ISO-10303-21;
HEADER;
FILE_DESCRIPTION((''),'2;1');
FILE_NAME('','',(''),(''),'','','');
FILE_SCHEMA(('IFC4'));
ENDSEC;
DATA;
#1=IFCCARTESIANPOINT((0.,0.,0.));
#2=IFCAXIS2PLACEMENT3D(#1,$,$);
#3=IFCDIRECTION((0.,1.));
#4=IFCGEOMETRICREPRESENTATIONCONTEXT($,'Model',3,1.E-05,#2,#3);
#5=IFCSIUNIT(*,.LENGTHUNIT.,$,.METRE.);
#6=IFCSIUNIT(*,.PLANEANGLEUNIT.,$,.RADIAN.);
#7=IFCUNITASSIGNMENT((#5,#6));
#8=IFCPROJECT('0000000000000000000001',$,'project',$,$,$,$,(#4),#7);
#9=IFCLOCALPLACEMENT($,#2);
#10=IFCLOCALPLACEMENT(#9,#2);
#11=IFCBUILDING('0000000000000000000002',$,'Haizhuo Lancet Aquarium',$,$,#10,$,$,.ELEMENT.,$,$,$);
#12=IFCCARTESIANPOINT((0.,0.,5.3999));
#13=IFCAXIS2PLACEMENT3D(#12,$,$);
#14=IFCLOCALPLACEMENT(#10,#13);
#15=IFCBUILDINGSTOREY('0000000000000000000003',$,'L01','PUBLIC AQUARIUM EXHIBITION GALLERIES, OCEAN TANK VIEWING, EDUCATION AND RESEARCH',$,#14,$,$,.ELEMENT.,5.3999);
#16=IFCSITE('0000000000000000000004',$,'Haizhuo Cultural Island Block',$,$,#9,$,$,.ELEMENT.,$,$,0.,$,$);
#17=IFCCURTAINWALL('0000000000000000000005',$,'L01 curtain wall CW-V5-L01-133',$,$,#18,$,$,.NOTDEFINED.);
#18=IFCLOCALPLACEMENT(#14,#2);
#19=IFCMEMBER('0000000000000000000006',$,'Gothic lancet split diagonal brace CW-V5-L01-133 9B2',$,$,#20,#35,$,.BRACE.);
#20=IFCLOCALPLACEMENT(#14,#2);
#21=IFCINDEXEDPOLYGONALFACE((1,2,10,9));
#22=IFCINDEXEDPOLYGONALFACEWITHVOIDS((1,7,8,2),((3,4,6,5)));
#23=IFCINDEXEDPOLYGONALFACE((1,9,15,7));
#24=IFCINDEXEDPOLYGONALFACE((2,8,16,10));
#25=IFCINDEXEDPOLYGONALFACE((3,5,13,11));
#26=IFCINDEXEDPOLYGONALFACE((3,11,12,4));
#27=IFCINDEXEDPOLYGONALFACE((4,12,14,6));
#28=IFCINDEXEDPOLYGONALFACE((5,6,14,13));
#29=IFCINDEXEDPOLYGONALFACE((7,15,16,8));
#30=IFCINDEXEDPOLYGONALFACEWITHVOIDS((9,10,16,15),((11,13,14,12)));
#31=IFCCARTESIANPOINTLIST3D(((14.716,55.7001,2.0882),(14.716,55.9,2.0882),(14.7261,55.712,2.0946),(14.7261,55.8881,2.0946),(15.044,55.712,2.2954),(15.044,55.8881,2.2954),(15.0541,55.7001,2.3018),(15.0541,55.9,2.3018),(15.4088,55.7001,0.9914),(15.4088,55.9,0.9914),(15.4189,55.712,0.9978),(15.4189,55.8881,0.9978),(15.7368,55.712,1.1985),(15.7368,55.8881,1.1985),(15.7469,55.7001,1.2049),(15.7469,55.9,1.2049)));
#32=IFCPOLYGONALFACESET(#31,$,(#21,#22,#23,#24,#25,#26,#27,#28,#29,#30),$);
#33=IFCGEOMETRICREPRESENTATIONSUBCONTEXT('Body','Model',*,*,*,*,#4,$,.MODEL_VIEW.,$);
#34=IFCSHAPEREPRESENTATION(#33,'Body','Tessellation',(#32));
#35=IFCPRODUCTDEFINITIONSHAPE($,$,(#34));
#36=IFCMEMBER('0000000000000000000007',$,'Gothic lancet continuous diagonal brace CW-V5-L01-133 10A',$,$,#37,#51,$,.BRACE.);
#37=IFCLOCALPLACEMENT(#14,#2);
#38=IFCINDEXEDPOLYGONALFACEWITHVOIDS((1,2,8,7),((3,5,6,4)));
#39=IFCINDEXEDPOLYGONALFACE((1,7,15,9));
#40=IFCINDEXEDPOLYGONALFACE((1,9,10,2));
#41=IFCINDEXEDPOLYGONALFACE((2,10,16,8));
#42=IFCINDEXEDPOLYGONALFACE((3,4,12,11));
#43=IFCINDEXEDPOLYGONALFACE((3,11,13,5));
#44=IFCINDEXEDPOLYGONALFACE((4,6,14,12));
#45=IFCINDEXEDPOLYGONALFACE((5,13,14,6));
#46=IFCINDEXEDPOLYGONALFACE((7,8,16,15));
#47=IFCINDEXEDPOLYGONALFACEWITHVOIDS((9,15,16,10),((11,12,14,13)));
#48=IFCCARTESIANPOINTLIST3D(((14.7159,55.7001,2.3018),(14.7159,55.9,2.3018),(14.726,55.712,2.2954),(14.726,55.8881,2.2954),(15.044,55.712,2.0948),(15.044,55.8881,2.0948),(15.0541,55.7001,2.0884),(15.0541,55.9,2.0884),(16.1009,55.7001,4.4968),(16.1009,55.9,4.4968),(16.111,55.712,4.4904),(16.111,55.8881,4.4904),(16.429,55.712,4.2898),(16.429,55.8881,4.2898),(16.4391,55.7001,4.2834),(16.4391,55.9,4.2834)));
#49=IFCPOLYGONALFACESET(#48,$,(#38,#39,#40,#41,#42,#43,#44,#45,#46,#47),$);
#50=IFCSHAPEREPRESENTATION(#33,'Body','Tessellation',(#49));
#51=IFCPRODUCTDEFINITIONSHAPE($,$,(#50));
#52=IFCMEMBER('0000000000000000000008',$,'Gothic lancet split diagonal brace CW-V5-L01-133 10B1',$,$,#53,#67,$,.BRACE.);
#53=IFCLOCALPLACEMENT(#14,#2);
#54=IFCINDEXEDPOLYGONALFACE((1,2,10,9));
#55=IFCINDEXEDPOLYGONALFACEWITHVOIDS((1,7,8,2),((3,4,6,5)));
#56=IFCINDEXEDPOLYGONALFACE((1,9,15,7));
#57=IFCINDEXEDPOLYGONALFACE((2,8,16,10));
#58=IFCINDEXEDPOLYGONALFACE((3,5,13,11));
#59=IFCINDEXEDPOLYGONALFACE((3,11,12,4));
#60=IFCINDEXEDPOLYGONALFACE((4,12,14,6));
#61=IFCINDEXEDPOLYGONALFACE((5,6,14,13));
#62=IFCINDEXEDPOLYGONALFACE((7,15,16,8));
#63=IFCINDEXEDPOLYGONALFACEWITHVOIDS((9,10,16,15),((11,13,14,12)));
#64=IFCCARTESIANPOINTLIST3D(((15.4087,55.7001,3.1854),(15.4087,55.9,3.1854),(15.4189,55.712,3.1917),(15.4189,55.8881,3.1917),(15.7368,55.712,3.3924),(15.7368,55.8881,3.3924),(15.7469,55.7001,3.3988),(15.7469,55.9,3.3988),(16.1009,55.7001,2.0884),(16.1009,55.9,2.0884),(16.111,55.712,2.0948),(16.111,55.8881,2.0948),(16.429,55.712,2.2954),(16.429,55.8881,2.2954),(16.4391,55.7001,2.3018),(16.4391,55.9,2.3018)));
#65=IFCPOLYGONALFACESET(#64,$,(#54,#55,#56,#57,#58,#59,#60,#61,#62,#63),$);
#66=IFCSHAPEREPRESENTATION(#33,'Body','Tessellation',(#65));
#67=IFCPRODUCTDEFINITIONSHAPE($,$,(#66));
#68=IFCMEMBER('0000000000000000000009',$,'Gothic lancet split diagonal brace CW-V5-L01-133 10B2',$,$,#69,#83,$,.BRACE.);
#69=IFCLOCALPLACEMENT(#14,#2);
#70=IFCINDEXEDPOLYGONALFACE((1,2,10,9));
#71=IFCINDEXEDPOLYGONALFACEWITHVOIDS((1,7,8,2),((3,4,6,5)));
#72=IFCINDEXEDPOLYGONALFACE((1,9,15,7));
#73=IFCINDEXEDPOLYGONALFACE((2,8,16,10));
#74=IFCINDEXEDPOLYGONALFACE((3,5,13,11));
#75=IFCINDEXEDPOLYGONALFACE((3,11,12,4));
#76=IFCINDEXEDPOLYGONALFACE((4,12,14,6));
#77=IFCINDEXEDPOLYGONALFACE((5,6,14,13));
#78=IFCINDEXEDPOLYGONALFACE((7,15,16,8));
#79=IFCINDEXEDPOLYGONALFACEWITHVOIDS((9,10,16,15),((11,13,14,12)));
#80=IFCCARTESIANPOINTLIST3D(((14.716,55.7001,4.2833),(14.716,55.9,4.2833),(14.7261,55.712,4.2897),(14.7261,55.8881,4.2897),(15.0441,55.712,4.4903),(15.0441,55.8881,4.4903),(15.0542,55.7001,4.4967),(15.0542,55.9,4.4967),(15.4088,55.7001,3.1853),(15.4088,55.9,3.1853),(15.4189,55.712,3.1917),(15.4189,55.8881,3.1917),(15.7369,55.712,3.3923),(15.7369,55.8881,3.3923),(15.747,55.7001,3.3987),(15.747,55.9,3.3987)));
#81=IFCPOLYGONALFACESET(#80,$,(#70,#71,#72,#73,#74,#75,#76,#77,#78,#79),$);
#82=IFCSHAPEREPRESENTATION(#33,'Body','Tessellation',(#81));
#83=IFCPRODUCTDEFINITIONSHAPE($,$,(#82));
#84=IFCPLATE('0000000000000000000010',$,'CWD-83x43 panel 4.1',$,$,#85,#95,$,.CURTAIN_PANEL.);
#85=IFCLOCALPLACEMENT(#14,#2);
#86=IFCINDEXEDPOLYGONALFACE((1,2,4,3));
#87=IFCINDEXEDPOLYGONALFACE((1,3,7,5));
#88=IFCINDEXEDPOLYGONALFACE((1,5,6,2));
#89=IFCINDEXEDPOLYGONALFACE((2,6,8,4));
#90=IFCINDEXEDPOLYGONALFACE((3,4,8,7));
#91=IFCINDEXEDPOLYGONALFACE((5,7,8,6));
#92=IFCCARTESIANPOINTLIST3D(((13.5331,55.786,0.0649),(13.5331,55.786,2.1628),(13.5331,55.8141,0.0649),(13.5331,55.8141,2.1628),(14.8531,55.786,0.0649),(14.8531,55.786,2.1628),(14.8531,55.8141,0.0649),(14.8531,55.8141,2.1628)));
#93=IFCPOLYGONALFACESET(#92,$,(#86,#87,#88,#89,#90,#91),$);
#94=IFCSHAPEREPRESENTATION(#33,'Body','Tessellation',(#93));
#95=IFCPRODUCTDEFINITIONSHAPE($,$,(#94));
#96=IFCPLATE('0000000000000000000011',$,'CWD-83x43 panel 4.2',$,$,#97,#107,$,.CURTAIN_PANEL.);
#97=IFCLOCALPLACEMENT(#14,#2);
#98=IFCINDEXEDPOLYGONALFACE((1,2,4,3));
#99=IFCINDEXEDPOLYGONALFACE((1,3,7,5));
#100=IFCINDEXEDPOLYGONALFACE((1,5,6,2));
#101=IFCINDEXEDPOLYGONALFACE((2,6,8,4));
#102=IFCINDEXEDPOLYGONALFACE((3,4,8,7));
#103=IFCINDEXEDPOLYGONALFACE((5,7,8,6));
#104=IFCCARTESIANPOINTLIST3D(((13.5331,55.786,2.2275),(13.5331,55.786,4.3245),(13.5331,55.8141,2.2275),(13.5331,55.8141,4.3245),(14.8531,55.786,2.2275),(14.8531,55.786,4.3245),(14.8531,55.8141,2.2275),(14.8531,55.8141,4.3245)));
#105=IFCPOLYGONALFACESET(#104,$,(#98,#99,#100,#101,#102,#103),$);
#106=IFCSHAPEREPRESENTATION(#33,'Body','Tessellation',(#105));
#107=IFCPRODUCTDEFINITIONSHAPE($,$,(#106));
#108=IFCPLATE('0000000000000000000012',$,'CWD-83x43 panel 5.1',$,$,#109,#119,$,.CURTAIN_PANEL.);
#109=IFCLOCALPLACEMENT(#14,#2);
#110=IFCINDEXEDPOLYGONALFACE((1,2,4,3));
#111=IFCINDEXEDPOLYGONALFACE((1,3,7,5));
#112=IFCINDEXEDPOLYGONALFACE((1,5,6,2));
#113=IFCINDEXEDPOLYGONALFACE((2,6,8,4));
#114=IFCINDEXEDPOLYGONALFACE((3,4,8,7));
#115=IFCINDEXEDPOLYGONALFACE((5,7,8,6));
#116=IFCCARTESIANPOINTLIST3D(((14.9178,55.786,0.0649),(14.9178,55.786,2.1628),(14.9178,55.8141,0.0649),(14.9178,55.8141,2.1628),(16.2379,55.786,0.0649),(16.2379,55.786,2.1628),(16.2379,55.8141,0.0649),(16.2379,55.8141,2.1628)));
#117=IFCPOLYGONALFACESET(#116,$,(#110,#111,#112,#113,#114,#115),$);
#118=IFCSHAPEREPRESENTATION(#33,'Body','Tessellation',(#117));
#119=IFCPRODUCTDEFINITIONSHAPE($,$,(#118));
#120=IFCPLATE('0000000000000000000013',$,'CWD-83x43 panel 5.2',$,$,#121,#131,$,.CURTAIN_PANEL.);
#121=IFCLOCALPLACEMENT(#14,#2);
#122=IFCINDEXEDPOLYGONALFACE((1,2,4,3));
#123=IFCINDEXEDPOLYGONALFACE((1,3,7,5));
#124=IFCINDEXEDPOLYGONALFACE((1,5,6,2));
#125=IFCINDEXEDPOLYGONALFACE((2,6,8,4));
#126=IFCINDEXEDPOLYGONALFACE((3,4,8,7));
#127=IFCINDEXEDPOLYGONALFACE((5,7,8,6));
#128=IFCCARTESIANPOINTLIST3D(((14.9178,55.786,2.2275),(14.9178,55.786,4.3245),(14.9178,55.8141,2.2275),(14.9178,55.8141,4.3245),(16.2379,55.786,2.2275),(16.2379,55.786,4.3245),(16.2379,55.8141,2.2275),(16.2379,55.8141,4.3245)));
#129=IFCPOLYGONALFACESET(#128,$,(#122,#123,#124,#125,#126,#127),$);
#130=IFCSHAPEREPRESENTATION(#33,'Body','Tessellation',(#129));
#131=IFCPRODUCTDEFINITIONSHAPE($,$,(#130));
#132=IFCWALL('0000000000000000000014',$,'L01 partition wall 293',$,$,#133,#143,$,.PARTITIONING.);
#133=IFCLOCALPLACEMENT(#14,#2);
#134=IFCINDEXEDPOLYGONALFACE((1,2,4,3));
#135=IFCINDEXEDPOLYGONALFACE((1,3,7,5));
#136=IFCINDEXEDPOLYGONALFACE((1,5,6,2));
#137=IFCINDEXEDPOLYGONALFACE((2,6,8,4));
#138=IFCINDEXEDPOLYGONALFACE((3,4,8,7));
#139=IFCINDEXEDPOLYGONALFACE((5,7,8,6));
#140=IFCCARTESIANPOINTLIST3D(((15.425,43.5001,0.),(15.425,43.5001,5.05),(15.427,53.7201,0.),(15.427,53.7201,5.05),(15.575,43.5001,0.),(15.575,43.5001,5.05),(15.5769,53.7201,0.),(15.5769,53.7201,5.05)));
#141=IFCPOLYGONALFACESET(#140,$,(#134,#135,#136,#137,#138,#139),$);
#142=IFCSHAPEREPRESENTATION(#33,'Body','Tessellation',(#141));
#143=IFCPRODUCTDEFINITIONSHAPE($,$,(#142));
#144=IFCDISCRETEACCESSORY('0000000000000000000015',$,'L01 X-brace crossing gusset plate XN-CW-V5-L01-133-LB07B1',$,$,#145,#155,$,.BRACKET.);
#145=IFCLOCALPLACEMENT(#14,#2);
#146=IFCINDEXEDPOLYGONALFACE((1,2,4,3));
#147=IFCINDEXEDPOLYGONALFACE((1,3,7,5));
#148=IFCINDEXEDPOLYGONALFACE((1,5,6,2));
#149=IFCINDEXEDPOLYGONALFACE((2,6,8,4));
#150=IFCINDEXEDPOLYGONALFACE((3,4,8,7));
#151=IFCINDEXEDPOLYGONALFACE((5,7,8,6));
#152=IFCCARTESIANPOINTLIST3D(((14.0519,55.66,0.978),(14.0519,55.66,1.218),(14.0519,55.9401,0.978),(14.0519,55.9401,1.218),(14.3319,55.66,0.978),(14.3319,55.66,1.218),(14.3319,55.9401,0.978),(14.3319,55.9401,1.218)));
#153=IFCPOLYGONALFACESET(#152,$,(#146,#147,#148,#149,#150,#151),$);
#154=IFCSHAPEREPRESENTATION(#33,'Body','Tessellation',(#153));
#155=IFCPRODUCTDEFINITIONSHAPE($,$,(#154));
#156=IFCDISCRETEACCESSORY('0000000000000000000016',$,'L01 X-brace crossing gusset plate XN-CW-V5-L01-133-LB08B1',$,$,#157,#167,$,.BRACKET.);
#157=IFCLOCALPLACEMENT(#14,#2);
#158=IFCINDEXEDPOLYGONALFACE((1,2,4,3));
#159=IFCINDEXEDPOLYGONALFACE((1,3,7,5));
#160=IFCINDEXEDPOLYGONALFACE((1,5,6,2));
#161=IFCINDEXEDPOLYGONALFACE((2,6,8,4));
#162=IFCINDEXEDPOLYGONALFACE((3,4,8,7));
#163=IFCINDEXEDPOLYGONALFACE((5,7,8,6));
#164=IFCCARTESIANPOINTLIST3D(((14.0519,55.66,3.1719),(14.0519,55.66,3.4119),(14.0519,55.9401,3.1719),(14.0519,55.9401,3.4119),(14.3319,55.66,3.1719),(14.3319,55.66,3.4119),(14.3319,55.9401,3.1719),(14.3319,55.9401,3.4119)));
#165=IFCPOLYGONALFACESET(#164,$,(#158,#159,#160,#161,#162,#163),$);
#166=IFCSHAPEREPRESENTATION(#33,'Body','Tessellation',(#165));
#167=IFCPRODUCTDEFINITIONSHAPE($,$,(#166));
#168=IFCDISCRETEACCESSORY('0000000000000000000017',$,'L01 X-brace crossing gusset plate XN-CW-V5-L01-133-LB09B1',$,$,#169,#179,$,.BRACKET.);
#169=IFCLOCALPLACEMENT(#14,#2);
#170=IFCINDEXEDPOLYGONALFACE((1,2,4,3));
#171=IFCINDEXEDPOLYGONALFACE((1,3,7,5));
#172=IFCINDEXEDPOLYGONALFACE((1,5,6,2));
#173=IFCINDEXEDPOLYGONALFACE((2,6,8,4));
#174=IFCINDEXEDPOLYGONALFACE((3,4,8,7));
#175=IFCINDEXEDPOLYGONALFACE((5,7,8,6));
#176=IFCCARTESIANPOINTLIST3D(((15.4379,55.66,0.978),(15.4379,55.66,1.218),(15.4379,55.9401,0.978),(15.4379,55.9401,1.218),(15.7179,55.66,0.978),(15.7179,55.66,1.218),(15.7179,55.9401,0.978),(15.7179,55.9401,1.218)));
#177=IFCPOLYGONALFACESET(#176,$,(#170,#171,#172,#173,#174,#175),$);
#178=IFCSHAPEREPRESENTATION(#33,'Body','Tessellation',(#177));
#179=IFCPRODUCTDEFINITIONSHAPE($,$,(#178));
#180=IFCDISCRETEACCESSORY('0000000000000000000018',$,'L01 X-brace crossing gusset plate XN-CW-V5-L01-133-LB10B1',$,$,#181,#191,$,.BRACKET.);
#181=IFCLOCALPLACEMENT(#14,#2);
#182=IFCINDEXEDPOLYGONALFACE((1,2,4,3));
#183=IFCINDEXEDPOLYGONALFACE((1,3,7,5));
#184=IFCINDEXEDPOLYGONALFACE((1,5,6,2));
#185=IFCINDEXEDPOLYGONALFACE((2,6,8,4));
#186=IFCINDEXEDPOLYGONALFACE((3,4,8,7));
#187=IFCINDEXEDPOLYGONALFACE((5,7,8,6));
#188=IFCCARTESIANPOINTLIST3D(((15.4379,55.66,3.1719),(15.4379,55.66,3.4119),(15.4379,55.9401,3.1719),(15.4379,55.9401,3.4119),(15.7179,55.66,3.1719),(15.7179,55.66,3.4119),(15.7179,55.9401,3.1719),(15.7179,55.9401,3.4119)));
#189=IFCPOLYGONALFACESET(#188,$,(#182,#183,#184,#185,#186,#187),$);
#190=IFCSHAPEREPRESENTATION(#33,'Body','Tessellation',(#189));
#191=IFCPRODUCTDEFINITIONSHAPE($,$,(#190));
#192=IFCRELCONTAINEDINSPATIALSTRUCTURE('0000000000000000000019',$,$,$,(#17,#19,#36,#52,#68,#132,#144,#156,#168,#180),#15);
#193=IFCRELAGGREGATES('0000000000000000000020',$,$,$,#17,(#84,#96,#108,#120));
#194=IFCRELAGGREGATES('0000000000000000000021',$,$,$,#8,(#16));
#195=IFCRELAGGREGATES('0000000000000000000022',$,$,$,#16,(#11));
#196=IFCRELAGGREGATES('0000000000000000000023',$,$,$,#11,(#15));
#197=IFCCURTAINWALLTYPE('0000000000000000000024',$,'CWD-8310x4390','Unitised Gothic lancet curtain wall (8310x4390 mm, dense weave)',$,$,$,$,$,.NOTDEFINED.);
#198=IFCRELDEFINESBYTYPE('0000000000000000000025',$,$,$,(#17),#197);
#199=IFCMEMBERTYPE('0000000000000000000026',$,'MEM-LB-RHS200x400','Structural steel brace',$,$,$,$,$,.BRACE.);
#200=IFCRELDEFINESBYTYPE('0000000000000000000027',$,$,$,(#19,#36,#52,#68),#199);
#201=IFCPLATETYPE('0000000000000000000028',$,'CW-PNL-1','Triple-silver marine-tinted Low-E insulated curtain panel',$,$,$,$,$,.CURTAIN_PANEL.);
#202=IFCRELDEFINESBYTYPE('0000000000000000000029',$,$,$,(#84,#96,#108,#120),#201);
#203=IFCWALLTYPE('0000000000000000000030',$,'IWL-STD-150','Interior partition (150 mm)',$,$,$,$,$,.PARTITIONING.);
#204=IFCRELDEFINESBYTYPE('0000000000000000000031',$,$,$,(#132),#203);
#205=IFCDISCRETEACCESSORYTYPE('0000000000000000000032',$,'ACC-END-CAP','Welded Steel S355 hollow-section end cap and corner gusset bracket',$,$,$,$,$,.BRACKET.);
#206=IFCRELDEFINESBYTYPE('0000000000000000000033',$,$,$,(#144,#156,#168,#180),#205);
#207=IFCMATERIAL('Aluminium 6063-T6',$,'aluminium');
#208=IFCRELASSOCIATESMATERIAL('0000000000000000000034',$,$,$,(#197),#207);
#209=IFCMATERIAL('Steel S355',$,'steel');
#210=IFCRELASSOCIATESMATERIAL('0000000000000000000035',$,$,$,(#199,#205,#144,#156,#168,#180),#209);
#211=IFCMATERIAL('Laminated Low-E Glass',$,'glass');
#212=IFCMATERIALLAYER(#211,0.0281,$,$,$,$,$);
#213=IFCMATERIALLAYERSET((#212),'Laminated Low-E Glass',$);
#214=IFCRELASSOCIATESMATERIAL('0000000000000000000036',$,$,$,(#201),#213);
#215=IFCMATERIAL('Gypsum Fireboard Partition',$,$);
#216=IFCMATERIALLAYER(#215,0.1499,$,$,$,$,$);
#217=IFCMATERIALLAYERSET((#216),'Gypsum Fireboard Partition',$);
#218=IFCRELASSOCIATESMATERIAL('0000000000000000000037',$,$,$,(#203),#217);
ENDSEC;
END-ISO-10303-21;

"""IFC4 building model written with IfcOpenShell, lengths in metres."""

from ifc_helpers import new_model, si_unit, direction, frame, frame_2d, origin, origin_2d, place, context, subcontext, project, spatial, rectangle, hollow_rectangle, extrude, material, layer, layer_set, material_profile, profile_set, type_object, element, aggregate, save


model = new_model("IFC4")

# Units and contexts
model_context = context("Model", 3, precision=1e-05, world=origin(), true_north=direction((0.0, 1.0)))
body_context = subcontext(model_context, "Body", "Model", "MODEL_VIEW")
ifc_project = project(units=[si_unit("LENGTHUNIT", "METRE"), si_unit("PLANEANGLEUNIT", "RADIAN")], contexts=[model_context])

# Site, building, storey
site_placement = place(None, origin())
site = spatial("IfcSite", under=ifc_project, at=site_placement, Name="Haizhuo Cultural Island Block", CompositionType="ELEMENT", RefElevation=0.0)
building_placement = place(site_placement, origin())
building = spatial("IfcBuilding", under=site, at=building_placement, Name="Haizhuo Lancet Aquarium", CompositionType="ELEMENT")
storey_placement = place(building_placement, frame((0.0, 0.0, 5.3999)))
storey = spatial("IfcBuildingStorey", under=building, at=storey_placement, Name="L01", Description="PUBLIC AQUARIUM EXHIBITION GALLERIES, OCEAN TANK VIEWING, EDUCATION AND RESEARCH", CompositionType="ELEMENT", Elevation=5.3999)

# Curtain wall
ifc_material_1 = material(Name="Aluminium 6063-T6", Category="aluminium")
curtain_wall_type = type_object("IfcCurtainWallType", Name="CWD-8310x4390", Description="Unitised Gothic lancet curtain wall (8310x4390 mm, dense weave)", PredefinedType="NOTDEFINED", material=ifc_material_1)
curtain_wall_placement = place(storey_placement, origin())
curtain_wall = element("IfcCurtainWall", 1, at=curtain_wall_placement, inside=storey, type_object=curtain_wall_type, Name="L01 curtain wall CW-V5-L01-133", PredefinedType="NOTDEFINED")

# Members
ifc_material_2 = material(Name="Steel S355", Category="steel")
ifc_material_profile_1 = material_profile(ifc_material_2, hollow_rectangle(XDim=0.2, YDim=0.3999, WallThickness=0.012, at=origin_2d()), Name="RHS 200x400x12")
ifc_profile_set_1 = profile_set([ifc_material_profile_1], Name="Steel S355")
member_type_1 = type_object("IfcMemberType", Name="MEM-LB-RHS200x400", Description="Structural steel brace", PredefinedType="BRACE", material=ifc_profile_set_1)
member_1_placement = place(storey_placement, frame((15.5779, 55.8, 1.0981), z_axis=(-0.534035, 0.0, 0.845462), x_axis=(0.0, -1.0, 0.0)))
element("IfcMember", 2, at=member_1_placement, inside=storey, type_object=member_type_1, Name="Gothic lancet split diagonal brace CW-V5-L01-133 9B2", PredefinedType="BRACE", context=body_context, shape_type="SweptSolid", body=[
    extrude(hollow_rectangle(XDim=0.2, YDim=0.3999, WallThickness=0.012, at=origin_2d()), origin(), (0.0, 0.0, 1.0), 1.2974),
])
member_2_placement = place(storey_placement, frame((14.885, 55.8, 2.1951), z_axis=(0.533621, 0.0, 0.845724), x_axis=(0.0, 1.0, 0.0)))
element("IfcMember", 3, at=member_2_placement, inside=storey, type_object=member_type_1, Name="Gothic lancet continuous diagonal brace CW-V5-L01-133 10A", PredefinedType="BRACE", context=body_context, shape_type="SweptSolid", body=[
    extrude(hollow_rectangle(XDim=0.2, YDim=0.3999, WallThickness=0.012, at=origin_2d()), origin(), (0.0, 0.0, 1.0), 2.5955),
])
member_3_placement = place(storey_placement, frame((16.27, 55.8, 2.1951), z_axis=(-0.533632, 0.0, 0.845717), x_axis=(0.0, -1.0, 0.0)))
element("IfcMember", 4, at=member_3_placement, inside=storey, type_object=member_type_1, Name="Gothic lancet split diagonal brace CW-V5-L01-133 10B1", PredefinedType="BRACE", context=body_context, shape_type="SweptSolid", body=[
    extrude(hollow_rectangle(XDim=0.2, YDim=0.3999, WallThickness=0.012, at=origin_2d()), origin(), (0.0, 0.0, 1.0), 1.2971),
])
member_4_placement = place(storey_placement, frame((15.5779, 55.8, 3.292), z_axis=(-0.533611, 0.0, 0.84573), x_axis=(0.0, -1.0, 0.0)))
element("IfcMember", 5, at=member_4_placement, inside=storey, type_object=member_type_1, Name="Gothic lancet split diagonal brace CW-V5-L01-133 10B2", PredefinedType="BRACE", context=body_context, shape_type="SweptSolid", body=[
    extrude(hollow_rectangle(XDim=0.2, YDim=0.3999, WallThickness=0.012, at=origin_2d()), origin(), (0.0, 0.0, 1.0), 1.2983),
])

# Plates
ifc_material_3 = material(Name="Laminated Low-E Glass", Category="glass")
ifc_layer_1 = layer(ifc_material_3, 0.0281)
ifc_layer_set_1 = layer_set([ifc_layer_1], Name="Laminated Low-E Glass")
plate_type = type_object("IfcPlateType", Name="CW-PNL-1", Description="Triple-silver marine-tinted Low-E insulated curtain panel", PredefinedType="CURTAIN_PANEL", material=ifc_layer_set_1)
plate_1_placement = place(storey_placement, frame((14.1931, 55.8, 0.0649), z_axis=(0.0, 0.0, 1.0), x_axis=(1.0, 0.0, 0.0)))
plate_1 = element("IfcPlate", 6, at=plate_1_placement, type_object=plate_type, Name="CWD-83x43 panel 4.1", PredefinedType="CURTAIN_PANEL", context=body_context, shape_type="SweptSolid", body=[
    extrude(rectangle(XDim=1.3201, YDim=0.0281, at=origin_2d()), origin(), (0.0, 0.0, 1.0), 2.0979),
])
plate_2_placement = place(storey_placement, frame((14.1931, 55.8, 2.2275), z_axis=(0.0, 0.0, 1.0), x_axis=(1.0, 0.0, 0.0)))
plate_2 = element("IfcPlate", 7, at=plate_2_placement, type_object=plate_type, Name="CWD-83x43 panel 4.2", PredefinedType="CURTAIN_PANEL", context=body_context, shape_type="SweptSolid", body=[
    extrude(rectangle(XDim=1.3201, YDim=0.0281, at=origin_2d()), origin(), (0.0, 0.0, 1.0), 2.0969),
])
plate_3_placement = place(storey_placement, frame((15.5779, 55.8, 0.0649), z_axis=(0.0, 0.0, 1.0), x_axis=(1.0, 0.0, 0.0)))
plate_3 = element("IfcPlate", 8, at=plate_3_placement, type_object=plate_type, Name="CWD-83x43 panel 5.1", PredefinedType="CURTAIN_PANEL", context=body_context, shape_type="SweptSolid", body=[
    extrude(rectangle(XDim=1.3201, YDim=0.0281, at=origin_2d()), origin(), (0.0, 0.0, 1.0), 2.0979),
])
plate_4_placement = place(storey_placement, frame((15.5779, 55.8, 2.2275), z_axis=(0.0, 0.0, 1.0), x_axis=(1.0, 0.0, 0.0)))
plate_4 = element("IfcPlate", 9, at=plate_4_placement, type_object=plate_type, Name="CWD-83x43 panel 5.2", PredefinedType="CURTAIN_PANEL", context=body_context, shape_type="SweptSolid", body=[
    extrude(rectangle(XDim=1.3201, YDim=0.0281, at=origin_2d()), origin(), (0.0, 0.0, 1.0), 2.0969),
])
aggregate(curtain_wall, [plate_1, plate_2, plate_3, plate_4])

# Wall
ifc_material_4 = material(Name="Gypsum Fireboard Partition")
ifc_layer_2 = layer(ifc_material_4, 0.1499)
ifc_layer_set_2 = layer_set([ifc_layer_2], Name="Gypsum Fireboard Partition")
wall_type = type_object("IfcWallType", Name="IWL-STD-150", Description="Interior partition (150 mm)", PredefinedType="PARTITIONING", material=ifc_layer_set_2)
wall_placement = place(storey_placement, frame((15.502, 53.72, 0.0), z_axis=(0.0, 0.0, 1.0), x_axis=(-0.000191, -1.0, 0.0)))
element("IfcWall", 10, at=wall_placement, inside=storey, type_object=wall_type, Name="L01 partition wall 293", PredefinedType="PARTITIONING", context=body_context, shape_type="SweptSolid", body=[
    extrude(rectangle(XDim=10.22, YDim=0.1499, at=frame_2d((5.1099, 0.0))), origin(), (0.0, 0.0, 1.0), 5.05),
])

# Discrete accessories
discrete_accessory_type = type_object("IfcDiscreteAccessoryType", Name="ACC-END-CAP", Description="Welded Steel S355 hollow-section end cap and corner gusset bracket", PredefinedType="BRACKET", material=ifc_material_2)
for number, where, z_axis, x_axis, name in (
    (11, (14.1919, 55.8, 0.978), (0.0, 0.0, 1.0), (1.0, 0.0, 0.0), "L01 X-brace crossing gusset plate XN-CW-V5-L01-133-LB07B1"),
    (12, (14.1919, 55.8, 3.1719), (0.0, 0.0, 1.0), (1.0, 0.0, 0.0), "L01 X-brace crossing gusset plate XN-CW-V5-L01-133-LB08B1"),
    (13, (15.5779, 55.8, 0.978), (0.0, 0.0, 1.0), (1.0, 0.0, 0.0), "L01 X-brace crossing gusset plate XN-CW-V5-L01-133-LB09B1"),
    (14, (15.5779, 55.8, 3.1719), (0.0, 0.0, 1.0), (1.0, 0.0, 0.0), "L01 X-brace crossing gusset plate XN-CW-V5-L01-133-LB10B1"),
):
    element("IfcDiscreteAccessory", number, at=place(storey_placement, frame(where, z_axis=z_axis, x_axis=x_axis)), inside=storey, type_object=discrete_accessory_type, material=ifc_material_2, Name=name, PredefinedType="BRACKET", context=body_context, shape_type="SweptSolid", body=[
        extrude(rectangle(XDim=0.28, YDim=0.28, at=origin_2d()), origin(), (0.0, 0.0, 1.0), 0.24),
    ])

save(model, "model.ifc")
